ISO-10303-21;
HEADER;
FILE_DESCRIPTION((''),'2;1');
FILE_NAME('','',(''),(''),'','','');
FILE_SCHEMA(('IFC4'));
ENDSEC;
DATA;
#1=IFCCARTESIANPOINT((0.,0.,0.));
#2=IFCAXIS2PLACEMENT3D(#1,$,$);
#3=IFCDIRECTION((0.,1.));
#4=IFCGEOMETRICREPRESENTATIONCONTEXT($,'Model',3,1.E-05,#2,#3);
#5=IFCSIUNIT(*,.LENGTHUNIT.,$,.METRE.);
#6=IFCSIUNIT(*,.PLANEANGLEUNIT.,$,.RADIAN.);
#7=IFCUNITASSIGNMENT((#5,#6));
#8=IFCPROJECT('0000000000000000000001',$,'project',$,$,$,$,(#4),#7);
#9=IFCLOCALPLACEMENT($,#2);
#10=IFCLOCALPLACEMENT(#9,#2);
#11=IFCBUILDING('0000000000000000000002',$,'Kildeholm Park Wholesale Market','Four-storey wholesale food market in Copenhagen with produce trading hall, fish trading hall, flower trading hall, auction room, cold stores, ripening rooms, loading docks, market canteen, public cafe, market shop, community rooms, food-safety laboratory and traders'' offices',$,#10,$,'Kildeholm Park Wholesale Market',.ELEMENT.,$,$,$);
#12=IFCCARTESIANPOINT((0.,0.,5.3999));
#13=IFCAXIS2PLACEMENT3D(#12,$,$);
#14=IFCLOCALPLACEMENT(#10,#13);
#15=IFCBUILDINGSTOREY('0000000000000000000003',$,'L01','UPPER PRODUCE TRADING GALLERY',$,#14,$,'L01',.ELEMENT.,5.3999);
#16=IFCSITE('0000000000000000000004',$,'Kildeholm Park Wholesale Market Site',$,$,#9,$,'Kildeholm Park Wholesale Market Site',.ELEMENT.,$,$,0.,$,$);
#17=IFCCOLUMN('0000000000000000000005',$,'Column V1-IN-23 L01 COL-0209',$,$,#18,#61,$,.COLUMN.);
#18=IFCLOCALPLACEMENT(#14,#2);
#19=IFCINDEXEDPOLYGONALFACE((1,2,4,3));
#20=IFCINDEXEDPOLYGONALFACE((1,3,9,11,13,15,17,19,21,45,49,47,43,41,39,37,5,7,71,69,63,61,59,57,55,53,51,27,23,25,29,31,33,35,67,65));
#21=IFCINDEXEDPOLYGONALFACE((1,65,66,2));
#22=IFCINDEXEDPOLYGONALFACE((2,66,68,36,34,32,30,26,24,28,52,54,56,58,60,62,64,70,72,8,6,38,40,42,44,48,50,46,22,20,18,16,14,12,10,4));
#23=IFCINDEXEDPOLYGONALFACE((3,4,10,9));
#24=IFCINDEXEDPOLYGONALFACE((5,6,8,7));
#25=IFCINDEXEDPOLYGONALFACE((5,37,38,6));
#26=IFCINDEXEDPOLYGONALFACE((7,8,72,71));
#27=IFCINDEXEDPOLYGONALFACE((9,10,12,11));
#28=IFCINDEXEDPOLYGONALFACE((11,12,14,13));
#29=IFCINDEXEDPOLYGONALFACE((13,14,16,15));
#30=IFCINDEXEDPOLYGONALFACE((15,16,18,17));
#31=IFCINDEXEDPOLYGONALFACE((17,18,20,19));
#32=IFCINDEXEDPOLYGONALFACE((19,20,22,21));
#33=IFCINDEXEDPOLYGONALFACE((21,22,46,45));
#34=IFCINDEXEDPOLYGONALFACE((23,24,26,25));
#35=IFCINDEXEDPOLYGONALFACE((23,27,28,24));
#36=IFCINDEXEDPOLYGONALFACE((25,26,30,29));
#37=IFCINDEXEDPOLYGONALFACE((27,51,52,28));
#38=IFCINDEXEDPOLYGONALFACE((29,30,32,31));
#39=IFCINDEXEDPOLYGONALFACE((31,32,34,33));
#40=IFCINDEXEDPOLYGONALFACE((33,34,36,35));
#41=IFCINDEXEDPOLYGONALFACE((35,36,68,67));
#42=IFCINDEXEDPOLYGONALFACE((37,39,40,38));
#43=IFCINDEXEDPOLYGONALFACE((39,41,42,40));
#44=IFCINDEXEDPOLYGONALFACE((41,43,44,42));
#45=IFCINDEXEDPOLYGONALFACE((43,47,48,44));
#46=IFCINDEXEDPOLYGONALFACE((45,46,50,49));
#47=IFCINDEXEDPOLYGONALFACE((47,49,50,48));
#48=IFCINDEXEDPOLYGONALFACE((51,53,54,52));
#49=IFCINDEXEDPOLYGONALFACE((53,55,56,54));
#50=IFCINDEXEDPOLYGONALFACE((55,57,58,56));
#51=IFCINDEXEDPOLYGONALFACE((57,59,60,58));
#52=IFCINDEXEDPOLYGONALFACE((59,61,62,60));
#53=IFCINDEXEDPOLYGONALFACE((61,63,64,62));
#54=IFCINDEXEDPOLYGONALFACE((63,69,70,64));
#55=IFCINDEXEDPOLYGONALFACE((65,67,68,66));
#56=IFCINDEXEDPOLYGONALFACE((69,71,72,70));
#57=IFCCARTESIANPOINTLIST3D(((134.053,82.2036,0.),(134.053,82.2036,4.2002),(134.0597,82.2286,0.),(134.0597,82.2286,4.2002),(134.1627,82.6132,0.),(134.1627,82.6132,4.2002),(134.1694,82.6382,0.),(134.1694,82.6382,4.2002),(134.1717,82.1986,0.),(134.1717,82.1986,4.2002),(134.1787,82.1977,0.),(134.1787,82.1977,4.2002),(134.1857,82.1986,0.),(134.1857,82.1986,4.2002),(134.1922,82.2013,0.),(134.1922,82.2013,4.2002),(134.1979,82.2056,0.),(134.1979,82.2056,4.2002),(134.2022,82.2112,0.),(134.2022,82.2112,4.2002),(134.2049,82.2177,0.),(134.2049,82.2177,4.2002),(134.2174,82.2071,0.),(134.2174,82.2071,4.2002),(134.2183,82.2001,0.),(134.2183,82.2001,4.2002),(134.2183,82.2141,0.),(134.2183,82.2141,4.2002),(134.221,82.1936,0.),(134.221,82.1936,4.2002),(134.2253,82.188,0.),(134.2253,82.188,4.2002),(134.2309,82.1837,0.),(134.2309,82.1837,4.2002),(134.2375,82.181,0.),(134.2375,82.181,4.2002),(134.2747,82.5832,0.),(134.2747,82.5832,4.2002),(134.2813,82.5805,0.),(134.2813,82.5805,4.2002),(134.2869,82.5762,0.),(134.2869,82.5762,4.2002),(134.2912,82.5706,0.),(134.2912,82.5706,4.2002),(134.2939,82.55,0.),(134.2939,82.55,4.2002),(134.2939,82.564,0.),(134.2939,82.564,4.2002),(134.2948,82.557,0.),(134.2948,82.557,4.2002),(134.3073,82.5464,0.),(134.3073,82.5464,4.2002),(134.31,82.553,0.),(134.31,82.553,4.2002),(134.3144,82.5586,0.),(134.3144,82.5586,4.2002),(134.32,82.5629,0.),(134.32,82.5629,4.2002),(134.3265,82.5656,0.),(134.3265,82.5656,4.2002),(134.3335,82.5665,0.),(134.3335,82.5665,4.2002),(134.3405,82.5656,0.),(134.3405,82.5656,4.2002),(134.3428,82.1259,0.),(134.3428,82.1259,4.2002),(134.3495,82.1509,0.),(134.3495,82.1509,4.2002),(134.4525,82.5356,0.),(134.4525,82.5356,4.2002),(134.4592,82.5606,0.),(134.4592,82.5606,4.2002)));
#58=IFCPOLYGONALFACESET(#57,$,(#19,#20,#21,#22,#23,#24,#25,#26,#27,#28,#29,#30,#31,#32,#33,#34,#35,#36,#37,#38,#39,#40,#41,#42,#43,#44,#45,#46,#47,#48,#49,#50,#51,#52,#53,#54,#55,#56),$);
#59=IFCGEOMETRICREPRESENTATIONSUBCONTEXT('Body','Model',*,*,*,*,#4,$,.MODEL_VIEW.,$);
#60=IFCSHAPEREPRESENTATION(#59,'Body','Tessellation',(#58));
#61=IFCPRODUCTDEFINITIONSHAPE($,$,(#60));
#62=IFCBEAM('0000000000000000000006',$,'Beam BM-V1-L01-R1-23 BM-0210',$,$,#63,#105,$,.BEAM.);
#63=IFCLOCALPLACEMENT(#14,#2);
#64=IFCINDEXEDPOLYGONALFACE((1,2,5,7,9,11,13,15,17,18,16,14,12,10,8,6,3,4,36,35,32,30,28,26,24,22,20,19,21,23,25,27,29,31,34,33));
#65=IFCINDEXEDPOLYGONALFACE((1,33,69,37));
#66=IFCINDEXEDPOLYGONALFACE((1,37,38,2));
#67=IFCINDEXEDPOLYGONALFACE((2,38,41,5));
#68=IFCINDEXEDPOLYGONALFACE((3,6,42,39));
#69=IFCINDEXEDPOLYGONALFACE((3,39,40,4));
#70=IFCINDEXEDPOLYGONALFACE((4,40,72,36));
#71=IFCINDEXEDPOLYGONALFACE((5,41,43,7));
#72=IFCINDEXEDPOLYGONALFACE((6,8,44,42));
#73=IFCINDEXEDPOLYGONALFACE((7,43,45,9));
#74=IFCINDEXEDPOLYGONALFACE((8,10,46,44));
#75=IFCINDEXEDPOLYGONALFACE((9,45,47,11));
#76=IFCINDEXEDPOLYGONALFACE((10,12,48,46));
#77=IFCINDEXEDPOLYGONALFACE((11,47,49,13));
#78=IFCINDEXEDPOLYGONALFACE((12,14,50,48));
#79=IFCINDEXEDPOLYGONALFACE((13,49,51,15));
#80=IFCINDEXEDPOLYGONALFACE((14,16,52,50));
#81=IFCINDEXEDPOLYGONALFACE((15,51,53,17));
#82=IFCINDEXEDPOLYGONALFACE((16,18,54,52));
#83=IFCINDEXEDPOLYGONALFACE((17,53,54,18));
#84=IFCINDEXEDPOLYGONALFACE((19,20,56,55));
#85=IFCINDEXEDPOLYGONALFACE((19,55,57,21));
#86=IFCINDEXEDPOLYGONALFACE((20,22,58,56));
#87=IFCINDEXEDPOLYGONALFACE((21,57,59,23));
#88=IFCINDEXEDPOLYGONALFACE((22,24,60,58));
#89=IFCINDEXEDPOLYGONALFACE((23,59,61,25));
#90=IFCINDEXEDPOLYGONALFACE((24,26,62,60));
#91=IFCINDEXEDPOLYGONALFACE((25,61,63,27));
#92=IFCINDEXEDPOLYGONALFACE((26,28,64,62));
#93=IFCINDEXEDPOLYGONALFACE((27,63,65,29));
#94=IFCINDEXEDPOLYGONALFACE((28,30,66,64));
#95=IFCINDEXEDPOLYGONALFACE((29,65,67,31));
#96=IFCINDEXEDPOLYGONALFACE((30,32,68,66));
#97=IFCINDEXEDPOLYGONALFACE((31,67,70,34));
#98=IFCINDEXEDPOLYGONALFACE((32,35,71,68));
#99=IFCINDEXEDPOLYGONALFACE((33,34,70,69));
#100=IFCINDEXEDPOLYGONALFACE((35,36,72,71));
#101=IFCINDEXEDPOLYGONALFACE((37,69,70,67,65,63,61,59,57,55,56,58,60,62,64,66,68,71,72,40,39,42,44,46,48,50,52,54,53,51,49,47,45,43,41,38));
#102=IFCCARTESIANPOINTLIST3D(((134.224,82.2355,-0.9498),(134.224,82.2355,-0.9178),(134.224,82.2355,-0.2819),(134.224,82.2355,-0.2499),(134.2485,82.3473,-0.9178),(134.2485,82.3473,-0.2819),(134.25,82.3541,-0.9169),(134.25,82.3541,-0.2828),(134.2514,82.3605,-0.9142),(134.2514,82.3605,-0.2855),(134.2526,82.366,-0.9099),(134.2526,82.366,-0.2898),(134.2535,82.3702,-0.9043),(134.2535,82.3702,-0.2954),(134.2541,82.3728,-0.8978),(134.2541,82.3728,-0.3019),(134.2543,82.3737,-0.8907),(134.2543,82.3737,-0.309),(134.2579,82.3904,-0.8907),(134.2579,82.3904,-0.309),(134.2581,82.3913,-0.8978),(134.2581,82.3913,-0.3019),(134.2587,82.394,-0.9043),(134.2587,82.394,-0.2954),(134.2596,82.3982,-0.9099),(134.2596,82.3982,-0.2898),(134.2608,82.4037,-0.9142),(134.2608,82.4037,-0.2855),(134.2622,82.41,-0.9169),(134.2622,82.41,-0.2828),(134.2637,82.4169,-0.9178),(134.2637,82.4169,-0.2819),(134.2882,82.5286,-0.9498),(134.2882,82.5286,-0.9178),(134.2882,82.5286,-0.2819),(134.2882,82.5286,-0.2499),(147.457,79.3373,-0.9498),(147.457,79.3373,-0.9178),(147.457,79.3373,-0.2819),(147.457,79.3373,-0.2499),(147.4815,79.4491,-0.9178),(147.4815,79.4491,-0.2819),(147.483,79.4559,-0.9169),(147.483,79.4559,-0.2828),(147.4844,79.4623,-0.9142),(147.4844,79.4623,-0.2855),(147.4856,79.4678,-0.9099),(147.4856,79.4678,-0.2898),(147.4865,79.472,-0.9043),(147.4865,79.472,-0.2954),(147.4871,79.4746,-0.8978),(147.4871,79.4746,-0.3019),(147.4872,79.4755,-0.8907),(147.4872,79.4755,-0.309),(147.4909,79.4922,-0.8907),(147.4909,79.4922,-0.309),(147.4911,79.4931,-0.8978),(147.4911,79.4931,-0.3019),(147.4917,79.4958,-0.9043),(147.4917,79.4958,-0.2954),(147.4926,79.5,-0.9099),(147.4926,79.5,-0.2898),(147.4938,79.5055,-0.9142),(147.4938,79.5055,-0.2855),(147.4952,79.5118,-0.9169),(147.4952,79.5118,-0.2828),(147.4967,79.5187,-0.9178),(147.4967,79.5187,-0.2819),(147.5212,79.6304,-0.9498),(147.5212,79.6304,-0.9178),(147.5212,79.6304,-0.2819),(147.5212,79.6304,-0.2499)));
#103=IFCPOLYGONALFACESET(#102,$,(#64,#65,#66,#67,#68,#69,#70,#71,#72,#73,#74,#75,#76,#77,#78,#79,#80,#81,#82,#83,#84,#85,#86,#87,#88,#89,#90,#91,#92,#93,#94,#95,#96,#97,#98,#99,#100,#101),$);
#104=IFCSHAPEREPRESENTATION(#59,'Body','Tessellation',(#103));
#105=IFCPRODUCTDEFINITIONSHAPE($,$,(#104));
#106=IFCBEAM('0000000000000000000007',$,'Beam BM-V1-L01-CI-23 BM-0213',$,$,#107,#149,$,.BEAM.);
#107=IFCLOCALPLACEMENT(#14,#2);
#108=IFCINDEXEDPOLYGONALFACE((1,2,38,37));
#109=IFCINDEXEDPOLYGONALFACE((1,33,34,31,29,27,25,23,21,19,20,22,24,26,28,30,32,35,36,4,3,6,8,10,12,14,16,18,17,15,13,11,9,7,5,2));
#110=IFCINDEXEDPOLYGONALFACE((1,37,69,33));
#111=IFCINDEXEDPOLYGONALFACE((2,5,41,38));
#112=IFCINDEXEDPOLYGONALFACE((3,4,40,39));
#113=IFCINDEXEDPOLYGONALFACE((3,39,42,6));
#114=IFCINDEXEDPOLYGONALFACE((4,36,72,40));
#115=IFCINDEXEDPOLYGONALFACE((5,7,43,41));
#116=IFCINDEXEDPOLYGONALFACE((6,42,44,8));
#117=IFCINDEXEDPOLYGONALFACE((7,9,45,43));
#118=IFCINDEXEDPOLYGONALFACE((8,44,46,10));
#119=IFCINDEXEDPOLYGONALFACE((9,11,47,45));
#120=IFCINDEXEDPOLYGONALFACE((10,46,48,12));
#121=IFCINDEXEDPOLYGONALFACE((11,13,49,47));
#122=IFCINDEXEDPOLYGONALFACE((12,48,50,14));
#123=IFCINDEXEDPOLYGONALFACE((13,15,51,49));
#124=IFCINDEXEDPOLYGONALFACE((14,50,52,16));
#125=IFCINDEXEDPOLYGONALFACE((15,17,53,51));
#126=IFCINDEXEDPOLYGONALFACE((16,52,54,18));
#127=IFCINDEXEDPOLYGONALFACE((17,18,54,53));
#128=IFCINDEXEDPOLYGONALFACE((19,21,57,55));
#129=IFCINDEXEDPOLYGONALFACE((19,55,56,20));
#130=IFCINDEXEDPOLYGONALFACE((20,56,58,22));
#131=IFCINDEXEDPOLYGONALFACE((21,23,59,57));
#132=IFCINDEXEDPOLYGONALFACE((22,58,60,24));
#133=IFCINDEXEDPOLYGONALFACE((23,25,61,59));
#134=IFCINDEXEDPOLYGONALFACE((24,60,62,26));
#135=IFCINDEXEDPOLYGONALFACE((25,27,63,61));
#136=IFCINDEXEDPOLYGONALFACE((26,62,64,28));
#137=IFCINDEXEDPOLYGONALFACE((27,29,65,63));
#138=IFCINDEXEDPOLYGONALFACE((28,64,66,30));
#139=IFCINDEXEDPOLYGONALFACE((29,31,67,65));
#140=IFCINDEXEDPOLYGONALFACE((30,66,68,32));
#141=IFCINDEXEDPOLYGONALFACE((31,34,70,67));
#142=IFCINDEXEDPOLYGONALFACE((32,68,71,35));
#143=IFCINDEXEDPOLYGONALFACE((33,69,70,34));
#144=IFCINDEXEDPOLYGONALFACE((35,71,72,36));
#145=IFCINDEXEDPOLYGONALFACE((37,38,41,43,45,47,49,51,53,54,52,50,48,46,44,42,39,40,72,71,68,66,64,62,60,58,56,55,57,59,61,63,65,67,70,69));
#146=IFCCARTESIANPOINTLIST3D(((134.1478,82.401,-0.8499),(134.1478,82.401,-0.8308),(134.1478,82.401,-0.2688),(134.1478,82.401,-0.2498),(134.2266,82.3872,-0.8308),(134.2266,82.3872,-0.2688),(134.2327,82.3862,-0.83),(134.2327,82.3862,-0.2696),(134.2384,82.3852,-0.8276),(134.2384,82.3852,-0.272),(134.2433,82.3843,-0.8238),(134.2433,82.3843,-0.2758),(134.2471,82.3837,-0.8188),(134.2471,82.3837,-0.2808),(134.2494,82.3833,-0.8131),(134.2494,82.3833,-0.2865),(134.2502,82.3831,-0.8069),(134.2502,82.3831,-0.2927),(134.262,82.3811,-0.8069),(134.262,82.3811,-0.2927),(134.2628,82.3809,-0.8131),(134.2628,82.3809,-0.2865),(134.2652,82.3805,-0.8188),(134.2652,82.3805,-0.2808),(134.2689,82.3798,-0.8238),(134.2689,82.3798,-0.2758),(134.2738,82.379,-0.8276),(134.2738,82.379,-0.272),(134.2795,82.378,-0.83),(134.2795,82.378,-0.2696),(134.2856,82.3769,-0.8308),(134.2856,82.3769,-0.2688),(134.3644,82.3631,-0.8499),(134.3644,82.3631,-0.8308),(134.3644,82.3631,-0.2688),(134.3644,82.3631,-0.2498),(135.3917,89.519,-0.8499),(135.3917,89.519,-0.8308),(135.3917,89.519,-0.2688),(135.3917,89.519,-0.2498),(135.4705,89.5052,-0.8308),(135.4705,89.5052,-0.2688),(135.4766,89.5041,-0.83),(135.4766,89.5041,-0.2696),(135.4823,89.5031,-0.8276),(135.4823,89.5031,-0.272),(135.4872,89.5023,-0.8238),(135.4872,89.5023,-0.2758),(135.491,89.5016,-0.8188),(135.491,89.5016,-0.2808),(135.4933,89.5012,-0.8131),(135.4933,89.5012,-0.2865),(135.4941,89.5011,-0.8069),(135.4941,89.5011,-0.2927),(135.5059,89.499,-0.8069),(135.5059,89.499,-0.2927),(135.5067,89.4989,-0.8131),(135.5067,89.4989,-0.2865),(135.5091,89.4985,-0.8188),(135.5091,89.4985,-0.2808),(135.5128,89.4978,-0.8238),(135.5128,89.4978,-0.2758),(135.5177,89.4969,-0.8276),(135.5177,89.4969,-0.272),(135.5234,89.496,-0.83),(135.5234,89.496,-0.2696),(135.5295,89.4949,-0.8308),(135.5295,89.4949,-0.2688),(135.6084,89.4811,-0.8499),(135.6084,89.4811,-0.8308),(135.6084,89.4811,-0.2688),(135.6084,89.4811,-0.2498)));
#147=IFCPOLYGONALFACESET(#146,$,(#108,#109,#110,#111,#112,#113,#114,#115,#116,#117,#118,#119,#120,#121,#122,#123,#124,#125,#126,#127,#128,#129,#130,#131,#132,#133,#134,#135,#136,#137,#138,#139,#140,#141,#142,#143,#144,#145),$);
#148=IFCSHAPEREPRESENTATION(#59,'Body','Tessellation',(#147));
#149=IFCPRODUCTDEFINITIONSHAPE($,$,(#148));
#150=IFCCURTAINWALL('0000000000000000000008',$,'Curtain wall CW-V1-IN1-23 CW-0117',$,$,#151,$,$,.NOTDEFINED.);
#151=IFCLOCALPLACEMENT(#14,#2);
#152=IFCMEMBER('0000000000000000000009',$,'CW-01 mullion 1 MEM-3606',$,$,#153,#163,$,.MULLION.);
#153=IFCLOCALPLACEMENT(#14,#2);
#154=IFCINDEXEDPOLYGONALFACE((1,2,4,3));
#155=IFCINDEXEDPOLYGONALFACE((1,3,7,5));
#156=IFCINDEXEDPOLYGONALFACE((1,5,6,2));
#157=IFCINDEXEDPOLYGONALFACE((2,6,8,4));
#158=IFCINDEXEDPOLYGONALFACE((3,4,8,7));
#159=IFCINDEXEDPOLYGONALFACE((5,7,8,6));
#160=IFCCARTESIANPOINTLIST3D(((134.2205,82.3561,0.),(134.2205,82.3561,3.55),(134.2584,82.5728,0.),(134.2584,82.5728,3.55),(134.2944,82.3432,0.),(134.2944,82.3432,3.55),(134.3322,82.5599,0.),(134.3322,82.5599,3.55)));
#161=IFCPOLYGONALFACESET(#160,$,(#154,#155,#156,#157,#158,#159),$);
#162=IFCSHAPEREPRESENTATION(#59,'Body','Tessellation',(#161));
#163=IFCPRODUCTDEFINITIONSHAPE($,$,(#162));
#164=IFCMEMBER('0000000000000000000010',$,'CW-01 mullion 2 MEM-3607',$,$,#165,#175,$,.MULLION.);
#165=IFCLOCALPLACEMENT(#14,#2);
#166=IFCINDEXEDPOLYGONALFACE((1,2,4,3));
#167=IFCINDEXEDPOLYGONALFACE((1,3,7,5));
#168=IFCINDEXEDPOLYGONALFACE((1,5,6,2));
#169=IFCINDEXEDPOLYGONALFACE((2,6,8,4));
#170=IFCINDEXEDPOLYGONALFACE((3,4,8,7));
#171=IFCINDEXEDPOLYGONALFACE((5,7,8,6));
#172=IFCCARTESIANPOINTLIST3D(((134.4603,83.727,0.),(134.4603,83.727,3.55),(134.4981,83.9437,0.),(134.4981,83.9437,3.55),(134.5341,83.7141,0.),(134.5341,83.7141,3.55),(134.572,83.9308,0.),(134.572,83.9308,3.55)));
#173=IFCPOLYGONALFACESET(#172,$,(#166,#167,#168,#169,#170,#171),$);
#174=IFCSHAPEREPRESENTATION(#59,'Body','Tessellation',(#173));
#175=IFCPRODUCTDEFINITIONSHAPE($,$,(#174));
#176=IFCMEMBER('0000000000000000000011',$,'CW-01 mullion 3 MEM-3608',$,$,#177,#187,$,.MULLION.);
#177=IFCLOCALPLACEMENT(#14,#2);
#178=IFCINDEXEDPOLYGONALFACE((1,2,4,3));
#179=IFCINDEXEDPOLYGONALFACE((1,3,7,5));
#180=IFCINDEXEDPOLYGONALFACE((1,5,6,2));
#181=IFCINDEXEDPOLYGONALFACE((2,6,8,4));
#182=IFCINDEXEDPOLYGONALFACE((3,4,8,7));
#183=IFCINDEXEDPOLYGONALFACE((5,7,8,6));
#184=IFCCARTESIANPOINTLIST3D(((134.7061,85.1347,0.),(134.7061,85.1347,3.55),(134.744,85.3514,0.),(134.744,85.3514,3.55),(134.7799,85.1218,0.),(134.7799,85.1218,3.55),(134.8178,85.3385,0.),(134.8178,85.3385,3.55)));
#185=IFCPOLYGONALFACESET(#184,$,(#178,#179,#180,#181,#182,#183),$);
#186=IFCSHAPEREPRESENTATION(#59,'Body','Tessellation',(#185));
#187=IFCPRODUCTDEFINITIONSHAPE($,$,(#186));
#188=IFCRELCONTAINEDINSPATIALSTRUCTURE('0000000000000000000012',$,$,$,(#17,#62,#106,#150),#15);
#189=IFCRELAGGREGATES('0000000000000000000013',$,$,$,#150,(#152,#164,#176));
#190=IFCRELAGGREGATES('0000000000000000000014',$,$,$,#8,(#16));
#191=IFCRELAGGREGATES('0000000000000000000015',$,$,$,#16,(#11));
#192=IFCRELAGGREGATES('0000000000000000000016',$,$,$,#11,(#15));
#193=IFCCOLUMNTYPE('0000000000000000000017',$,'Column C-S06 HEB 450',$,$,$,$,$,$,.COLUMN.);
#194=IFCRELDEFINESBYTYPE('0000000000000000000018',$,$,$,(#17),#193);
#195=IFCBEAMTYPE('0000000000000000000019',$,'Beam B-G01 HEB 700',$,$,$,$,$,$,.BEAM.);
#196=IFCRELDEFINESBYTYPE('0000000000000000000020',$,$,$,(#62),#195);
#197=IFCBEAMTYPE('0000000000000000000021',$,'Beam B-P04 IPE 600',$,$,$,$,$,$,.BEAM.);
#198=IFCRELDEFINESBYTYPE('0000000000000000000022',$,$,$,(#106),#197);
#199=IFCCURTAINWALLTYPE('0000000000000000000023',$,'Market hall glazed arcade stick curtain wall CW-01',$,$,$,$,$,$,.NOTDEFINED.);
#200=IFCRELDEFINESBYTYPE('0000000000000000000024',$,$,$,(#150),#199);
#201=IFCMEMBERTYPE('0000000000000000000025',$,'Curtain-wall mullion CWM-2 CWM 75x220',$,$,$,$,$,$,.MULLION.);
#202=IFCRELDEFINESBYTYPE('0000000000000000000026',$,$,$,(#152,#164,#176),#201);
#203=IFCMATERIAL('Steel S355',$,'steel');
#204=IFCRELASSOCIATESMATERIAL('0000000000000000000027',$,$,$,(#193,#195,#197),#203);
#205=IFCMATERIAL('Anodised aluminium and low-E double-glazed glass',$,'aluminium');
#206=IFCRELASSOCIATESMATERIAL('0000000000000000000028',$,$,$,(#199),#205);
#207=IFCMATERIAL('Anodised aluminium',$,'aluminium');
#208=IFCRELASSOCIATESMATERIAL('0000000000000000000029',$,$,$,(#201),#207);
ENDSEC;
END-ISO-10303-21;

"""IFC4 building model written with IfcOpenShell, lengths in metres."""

from ifc_helpers import new_model, si_unit, direction, frame, origin, origin_2d, place, context, subcontext, project, spatial, rectangle, i_section, extrude, material, material_profile, profile_set, type_object, element, aggregate, save


model = new_model("IFC4")

# Units and contexts
model_context = context("Model", 3, precision=1e-05, world=origin(), true_north=direction((0.0, 1.0)))
body_context = subcontext(model_context, "Body", "Model", "MODEL_VIEW")
ifc_project = project(units=[si_unit("LENGTHUNIT", "METRE"), si_unit("PLANEANGLEUNIT", "RADIAN")], contexts=[model_context])

# Site, building, storey
site_placement = place(None, origin())
site = spatial("IfcSite", under=ifc_project, at=site_placement, Name="Kildeholm Park Wholesale Market Site", LongName="Kildeholm Park Wholesale Market Site", CompositionType="ELEMENT", RefElevation=0.0)
building_placement = place(site_placement, origin())
building = spatial("IfcBuilding", under=site, at=building_placement, Name="Kildeholm Park Wholesale Market", Description="Four-storey wholesale food market in Copenhagen with produce trading hall, fish trading hall, flower trading hall, auction room, cold stores, ripening rooms, loading docks, market canteen, public cafe, market shop, community rooms, food-safety laboratory and traders' offices", LongName="Kildeholm Park Wholesale Market", CompositionType="ELEMENT")
storey_placement = place(building_placement, frame((0.0, 0.0, 5.3999)))
storey = spatial("IfcBuildingStorey", under=building, at=storey_placement, Name="L01", Description="UPPER PRODUCE TRADING GALLERY", LongName="L01", CompositionType="ELEMENT", Elevation=5.3999)

# Column
ifc_material_1 = material(Name="Steel S355", Category="steel")
ifc_material_profile_1 = material_profile(ifc_material_1, i_section(OverallWidth=0.3, OverallDepth=0.45, WebThickness=0.0139, FlangeThickness=0.0259, FilletRadius=0.0271, at=origin_2d()), Name="HEB 450")
ifc_profile_set_1 = profile_set([ifc_material_profile_1], Name="Steel S355")
column_type = type_object("IfcColumnType", Name="Column C-S06 HEB 450", PredefinedType="COLUMN", material=ifc_profile_set_1)
column_placement = place(storey_placement, frame((134.2561, 82.3821, 0.0), z_axis=(0.0, 0.0, 1.0), x_axis=(0.965926, -0.258819, 0.0)))
element("IfcColumn", 1, at=column_placement, inside=storey, type_object=column_type, Name="Column V1-IN-23 L01 COL-0209", PredefinedType="COLUMN", context=body_context, shape_type="SweptSolid", body=[
    extrude(i_section(OverallWidth=0.3, OverallDepth=0.45, WebThickness=0.0139, FlangeThickness=0.0259, FilletRadius=0.0271, at=origin_2d()), origin(), (0.0, 0.0, 1.0), 4.2002),
])

# Beams
ifc_material_profile_2 = material_profile(ifc_material_1, i_section(OverallWidth=0.3, OverallDepth=0.7, WebThickness=0.0171, FlangeThickness=0.032, FilletRadius=0.0271, at=origin_2d()), Name="HEB 700")
ifc_profile_set_2 = profile_set([ifc_material_profile_2], Name="Steel S355")
beam_type_1 = type_object("IfcBeamType", Name="Beam B-G01 HEB 700", PredefinedType="BEAM", material=ifc_profile_set_2)
beam_1_placement = place(storey_placement, frame((134.2561, 82.3821, -0.5999), z_axis=(0.976846, -0.213943, 0.0), x_axis=(0.213943, 0.976846, 0.0)))
element("IfcBeam", 2, at=beam_1_placement, inside=storey, type_object=beam_type_1, Name="Beam BM-V1-L01-R1-23 BM-0210", PredefinedType="BEAM", context=body_context, shape_type="SweptSolid", body=[
    extrude(i_section(OverallWidth=0.3, OverallDepth=0.7, WebThickness=0.0171, FlangeThickness=0.032, FilletRadius=0.0271, at=origin_2d()), origin(), (0.0, 0.0, 1.0), 13.5466),
])
ifc_material_profile_3 = material_profile(ifc_material_1, i_section(OverallWidth=0.22, OverallDepth=0.6001, WebThickness=0.012, FlangeThickness=0.019, FilletRadius=0.0239, at=origin_2d()), Name="IPE 600")
ifc_profile_set_3 = profile_set([ifc_material_profile_3], Name="Steel S355")
beam_type_2 = type_object("IfcBeamType", Name="Beam B-P04 IPE 600", PredefinedType="BEAM", material=ifc_profile_set_3)
beam_2_placement = place(storey_placement, frame((134.2561, 82.3821, -0.5498), z_axis=(0.172147, 0.985071, 0.0), x_axis=(-0.985071, 0.172147, 0.0)))
element("IfcBeam", 3, at=beam_2_placement, inside=storey, type_object=beam_type_2, Name="Beam BM-V1-L01-CI-23 BM-0213", PredefinedType="BEAM", context=body_context, shape_type="SweptSolid", body=[
    extrude(i_section(OverallWidth=0.22, OverallDepth=0.6001, WebThickness=0.012, FlangeThickness=0.019, FilletRadius=0.0239, at=origin_2d()), origin(), (0.0, 0.0, 1.0), 7.2258),
])

# Curtain wall, members
ifc_material_2 = material(Name="Anodised aluminium and low-E double-glazed glass", Category="aluminium")
curtain_wall_type = type_object("IfcCurtainWallType", Name="Market hall glazed arcade stick curtain wall CW-01", PredefinedType="NOTDEFINED", material=ifc_material_2)
curtain_wall_placement = place(storey_placement, origin())
curtain_wall = element("IfcCurtainWall", 4, at=curtain_wall_placement, inside=storey, type_object=curtain_wall_type, Name="Curtain wall CW-V1-IN1-23 CW-0117", PredefinedType="NOTDEFINED")
ifc_material_3 = material(Name="Anodised aluminium", Category="aluminium")
ifc_material_profile_4 = material_profile(ifc_material_3, rectangle(XDim=0.075, YDim=0.22, at=origin_2d()), Name="CWM 75x220")
ifc_profile_set_4 = profile_set([ifc_material_profile_4], Name="Anodised aluminium")
member_type_1 = type_object("IfcMemberType", Name="Curtain-wall mullion CWM-2 CWM 75x220", PredefinedType="MULLION", material=ifc_profile_set_4)
member_1_placement = place(storey_placement, frame((134.2764, 82.458, 0.0), z_axis=(0.0, 0.0, 1.0), x_axis=(-0.985074, 0.172133, 0.0)))
member_1 = element("IfcMember", 5, at=member_1_placement, type_object=member_type_1, Name="CW-01 mullion 1 MEM-3606", PredefinedType="MULLION", context=body_context, shape_type="SweptSolid", body=[
    extrude(rectangle(XDim=0.075, YDim=0.22, at=origin_2d()), origin(), (0.0, 0.0, 1.0), 3.55),
])
member_2_placement = place(storey_placement, frame((134.5161, 83.8289, 0.0), z_axis=(0.0, 0.0, 1.0), x_axis=(-0.985074, 0.172133, 0.0)))
member_2 = element("IfcMember", 6, at=member_2_placement, type_object=member_type_1, Name="CW-01 mullion 2 MEM-3607", PredefinedType="MULLION", context=body_context, shape_type="SweptSolid", body=[
    extrude(rectangle(XDim=0.075, YDim=0.22, at=origin_2d()), origin(), (0.0, 0.0, 1.0), 3.55),
])
member_3_placement = place(storey_placement, frame((134.762, 85.2366, 0.0), z_axis=(0.0, 0.0, 1.0), x_axis=(-0.985074, 0.172133, 0.0)))
member_3 = element("IfcMember", 7, at=member_3_placement, type_object=member_type_1, Name="CW-01 mullion 3 MEM-3608", PredefinedType="MULLION", context=body_context, shape_type="SweptSolid", body=[
    extrude(rectangle(XDim=0.075, YDim=0.22, at=origin_2d()), origin(), (0.0, 0.0, 1.0), 3.55),
])
aggregate(curtain_wall, [member_1, member_2, member_3])

save(model, "model.ifc")
